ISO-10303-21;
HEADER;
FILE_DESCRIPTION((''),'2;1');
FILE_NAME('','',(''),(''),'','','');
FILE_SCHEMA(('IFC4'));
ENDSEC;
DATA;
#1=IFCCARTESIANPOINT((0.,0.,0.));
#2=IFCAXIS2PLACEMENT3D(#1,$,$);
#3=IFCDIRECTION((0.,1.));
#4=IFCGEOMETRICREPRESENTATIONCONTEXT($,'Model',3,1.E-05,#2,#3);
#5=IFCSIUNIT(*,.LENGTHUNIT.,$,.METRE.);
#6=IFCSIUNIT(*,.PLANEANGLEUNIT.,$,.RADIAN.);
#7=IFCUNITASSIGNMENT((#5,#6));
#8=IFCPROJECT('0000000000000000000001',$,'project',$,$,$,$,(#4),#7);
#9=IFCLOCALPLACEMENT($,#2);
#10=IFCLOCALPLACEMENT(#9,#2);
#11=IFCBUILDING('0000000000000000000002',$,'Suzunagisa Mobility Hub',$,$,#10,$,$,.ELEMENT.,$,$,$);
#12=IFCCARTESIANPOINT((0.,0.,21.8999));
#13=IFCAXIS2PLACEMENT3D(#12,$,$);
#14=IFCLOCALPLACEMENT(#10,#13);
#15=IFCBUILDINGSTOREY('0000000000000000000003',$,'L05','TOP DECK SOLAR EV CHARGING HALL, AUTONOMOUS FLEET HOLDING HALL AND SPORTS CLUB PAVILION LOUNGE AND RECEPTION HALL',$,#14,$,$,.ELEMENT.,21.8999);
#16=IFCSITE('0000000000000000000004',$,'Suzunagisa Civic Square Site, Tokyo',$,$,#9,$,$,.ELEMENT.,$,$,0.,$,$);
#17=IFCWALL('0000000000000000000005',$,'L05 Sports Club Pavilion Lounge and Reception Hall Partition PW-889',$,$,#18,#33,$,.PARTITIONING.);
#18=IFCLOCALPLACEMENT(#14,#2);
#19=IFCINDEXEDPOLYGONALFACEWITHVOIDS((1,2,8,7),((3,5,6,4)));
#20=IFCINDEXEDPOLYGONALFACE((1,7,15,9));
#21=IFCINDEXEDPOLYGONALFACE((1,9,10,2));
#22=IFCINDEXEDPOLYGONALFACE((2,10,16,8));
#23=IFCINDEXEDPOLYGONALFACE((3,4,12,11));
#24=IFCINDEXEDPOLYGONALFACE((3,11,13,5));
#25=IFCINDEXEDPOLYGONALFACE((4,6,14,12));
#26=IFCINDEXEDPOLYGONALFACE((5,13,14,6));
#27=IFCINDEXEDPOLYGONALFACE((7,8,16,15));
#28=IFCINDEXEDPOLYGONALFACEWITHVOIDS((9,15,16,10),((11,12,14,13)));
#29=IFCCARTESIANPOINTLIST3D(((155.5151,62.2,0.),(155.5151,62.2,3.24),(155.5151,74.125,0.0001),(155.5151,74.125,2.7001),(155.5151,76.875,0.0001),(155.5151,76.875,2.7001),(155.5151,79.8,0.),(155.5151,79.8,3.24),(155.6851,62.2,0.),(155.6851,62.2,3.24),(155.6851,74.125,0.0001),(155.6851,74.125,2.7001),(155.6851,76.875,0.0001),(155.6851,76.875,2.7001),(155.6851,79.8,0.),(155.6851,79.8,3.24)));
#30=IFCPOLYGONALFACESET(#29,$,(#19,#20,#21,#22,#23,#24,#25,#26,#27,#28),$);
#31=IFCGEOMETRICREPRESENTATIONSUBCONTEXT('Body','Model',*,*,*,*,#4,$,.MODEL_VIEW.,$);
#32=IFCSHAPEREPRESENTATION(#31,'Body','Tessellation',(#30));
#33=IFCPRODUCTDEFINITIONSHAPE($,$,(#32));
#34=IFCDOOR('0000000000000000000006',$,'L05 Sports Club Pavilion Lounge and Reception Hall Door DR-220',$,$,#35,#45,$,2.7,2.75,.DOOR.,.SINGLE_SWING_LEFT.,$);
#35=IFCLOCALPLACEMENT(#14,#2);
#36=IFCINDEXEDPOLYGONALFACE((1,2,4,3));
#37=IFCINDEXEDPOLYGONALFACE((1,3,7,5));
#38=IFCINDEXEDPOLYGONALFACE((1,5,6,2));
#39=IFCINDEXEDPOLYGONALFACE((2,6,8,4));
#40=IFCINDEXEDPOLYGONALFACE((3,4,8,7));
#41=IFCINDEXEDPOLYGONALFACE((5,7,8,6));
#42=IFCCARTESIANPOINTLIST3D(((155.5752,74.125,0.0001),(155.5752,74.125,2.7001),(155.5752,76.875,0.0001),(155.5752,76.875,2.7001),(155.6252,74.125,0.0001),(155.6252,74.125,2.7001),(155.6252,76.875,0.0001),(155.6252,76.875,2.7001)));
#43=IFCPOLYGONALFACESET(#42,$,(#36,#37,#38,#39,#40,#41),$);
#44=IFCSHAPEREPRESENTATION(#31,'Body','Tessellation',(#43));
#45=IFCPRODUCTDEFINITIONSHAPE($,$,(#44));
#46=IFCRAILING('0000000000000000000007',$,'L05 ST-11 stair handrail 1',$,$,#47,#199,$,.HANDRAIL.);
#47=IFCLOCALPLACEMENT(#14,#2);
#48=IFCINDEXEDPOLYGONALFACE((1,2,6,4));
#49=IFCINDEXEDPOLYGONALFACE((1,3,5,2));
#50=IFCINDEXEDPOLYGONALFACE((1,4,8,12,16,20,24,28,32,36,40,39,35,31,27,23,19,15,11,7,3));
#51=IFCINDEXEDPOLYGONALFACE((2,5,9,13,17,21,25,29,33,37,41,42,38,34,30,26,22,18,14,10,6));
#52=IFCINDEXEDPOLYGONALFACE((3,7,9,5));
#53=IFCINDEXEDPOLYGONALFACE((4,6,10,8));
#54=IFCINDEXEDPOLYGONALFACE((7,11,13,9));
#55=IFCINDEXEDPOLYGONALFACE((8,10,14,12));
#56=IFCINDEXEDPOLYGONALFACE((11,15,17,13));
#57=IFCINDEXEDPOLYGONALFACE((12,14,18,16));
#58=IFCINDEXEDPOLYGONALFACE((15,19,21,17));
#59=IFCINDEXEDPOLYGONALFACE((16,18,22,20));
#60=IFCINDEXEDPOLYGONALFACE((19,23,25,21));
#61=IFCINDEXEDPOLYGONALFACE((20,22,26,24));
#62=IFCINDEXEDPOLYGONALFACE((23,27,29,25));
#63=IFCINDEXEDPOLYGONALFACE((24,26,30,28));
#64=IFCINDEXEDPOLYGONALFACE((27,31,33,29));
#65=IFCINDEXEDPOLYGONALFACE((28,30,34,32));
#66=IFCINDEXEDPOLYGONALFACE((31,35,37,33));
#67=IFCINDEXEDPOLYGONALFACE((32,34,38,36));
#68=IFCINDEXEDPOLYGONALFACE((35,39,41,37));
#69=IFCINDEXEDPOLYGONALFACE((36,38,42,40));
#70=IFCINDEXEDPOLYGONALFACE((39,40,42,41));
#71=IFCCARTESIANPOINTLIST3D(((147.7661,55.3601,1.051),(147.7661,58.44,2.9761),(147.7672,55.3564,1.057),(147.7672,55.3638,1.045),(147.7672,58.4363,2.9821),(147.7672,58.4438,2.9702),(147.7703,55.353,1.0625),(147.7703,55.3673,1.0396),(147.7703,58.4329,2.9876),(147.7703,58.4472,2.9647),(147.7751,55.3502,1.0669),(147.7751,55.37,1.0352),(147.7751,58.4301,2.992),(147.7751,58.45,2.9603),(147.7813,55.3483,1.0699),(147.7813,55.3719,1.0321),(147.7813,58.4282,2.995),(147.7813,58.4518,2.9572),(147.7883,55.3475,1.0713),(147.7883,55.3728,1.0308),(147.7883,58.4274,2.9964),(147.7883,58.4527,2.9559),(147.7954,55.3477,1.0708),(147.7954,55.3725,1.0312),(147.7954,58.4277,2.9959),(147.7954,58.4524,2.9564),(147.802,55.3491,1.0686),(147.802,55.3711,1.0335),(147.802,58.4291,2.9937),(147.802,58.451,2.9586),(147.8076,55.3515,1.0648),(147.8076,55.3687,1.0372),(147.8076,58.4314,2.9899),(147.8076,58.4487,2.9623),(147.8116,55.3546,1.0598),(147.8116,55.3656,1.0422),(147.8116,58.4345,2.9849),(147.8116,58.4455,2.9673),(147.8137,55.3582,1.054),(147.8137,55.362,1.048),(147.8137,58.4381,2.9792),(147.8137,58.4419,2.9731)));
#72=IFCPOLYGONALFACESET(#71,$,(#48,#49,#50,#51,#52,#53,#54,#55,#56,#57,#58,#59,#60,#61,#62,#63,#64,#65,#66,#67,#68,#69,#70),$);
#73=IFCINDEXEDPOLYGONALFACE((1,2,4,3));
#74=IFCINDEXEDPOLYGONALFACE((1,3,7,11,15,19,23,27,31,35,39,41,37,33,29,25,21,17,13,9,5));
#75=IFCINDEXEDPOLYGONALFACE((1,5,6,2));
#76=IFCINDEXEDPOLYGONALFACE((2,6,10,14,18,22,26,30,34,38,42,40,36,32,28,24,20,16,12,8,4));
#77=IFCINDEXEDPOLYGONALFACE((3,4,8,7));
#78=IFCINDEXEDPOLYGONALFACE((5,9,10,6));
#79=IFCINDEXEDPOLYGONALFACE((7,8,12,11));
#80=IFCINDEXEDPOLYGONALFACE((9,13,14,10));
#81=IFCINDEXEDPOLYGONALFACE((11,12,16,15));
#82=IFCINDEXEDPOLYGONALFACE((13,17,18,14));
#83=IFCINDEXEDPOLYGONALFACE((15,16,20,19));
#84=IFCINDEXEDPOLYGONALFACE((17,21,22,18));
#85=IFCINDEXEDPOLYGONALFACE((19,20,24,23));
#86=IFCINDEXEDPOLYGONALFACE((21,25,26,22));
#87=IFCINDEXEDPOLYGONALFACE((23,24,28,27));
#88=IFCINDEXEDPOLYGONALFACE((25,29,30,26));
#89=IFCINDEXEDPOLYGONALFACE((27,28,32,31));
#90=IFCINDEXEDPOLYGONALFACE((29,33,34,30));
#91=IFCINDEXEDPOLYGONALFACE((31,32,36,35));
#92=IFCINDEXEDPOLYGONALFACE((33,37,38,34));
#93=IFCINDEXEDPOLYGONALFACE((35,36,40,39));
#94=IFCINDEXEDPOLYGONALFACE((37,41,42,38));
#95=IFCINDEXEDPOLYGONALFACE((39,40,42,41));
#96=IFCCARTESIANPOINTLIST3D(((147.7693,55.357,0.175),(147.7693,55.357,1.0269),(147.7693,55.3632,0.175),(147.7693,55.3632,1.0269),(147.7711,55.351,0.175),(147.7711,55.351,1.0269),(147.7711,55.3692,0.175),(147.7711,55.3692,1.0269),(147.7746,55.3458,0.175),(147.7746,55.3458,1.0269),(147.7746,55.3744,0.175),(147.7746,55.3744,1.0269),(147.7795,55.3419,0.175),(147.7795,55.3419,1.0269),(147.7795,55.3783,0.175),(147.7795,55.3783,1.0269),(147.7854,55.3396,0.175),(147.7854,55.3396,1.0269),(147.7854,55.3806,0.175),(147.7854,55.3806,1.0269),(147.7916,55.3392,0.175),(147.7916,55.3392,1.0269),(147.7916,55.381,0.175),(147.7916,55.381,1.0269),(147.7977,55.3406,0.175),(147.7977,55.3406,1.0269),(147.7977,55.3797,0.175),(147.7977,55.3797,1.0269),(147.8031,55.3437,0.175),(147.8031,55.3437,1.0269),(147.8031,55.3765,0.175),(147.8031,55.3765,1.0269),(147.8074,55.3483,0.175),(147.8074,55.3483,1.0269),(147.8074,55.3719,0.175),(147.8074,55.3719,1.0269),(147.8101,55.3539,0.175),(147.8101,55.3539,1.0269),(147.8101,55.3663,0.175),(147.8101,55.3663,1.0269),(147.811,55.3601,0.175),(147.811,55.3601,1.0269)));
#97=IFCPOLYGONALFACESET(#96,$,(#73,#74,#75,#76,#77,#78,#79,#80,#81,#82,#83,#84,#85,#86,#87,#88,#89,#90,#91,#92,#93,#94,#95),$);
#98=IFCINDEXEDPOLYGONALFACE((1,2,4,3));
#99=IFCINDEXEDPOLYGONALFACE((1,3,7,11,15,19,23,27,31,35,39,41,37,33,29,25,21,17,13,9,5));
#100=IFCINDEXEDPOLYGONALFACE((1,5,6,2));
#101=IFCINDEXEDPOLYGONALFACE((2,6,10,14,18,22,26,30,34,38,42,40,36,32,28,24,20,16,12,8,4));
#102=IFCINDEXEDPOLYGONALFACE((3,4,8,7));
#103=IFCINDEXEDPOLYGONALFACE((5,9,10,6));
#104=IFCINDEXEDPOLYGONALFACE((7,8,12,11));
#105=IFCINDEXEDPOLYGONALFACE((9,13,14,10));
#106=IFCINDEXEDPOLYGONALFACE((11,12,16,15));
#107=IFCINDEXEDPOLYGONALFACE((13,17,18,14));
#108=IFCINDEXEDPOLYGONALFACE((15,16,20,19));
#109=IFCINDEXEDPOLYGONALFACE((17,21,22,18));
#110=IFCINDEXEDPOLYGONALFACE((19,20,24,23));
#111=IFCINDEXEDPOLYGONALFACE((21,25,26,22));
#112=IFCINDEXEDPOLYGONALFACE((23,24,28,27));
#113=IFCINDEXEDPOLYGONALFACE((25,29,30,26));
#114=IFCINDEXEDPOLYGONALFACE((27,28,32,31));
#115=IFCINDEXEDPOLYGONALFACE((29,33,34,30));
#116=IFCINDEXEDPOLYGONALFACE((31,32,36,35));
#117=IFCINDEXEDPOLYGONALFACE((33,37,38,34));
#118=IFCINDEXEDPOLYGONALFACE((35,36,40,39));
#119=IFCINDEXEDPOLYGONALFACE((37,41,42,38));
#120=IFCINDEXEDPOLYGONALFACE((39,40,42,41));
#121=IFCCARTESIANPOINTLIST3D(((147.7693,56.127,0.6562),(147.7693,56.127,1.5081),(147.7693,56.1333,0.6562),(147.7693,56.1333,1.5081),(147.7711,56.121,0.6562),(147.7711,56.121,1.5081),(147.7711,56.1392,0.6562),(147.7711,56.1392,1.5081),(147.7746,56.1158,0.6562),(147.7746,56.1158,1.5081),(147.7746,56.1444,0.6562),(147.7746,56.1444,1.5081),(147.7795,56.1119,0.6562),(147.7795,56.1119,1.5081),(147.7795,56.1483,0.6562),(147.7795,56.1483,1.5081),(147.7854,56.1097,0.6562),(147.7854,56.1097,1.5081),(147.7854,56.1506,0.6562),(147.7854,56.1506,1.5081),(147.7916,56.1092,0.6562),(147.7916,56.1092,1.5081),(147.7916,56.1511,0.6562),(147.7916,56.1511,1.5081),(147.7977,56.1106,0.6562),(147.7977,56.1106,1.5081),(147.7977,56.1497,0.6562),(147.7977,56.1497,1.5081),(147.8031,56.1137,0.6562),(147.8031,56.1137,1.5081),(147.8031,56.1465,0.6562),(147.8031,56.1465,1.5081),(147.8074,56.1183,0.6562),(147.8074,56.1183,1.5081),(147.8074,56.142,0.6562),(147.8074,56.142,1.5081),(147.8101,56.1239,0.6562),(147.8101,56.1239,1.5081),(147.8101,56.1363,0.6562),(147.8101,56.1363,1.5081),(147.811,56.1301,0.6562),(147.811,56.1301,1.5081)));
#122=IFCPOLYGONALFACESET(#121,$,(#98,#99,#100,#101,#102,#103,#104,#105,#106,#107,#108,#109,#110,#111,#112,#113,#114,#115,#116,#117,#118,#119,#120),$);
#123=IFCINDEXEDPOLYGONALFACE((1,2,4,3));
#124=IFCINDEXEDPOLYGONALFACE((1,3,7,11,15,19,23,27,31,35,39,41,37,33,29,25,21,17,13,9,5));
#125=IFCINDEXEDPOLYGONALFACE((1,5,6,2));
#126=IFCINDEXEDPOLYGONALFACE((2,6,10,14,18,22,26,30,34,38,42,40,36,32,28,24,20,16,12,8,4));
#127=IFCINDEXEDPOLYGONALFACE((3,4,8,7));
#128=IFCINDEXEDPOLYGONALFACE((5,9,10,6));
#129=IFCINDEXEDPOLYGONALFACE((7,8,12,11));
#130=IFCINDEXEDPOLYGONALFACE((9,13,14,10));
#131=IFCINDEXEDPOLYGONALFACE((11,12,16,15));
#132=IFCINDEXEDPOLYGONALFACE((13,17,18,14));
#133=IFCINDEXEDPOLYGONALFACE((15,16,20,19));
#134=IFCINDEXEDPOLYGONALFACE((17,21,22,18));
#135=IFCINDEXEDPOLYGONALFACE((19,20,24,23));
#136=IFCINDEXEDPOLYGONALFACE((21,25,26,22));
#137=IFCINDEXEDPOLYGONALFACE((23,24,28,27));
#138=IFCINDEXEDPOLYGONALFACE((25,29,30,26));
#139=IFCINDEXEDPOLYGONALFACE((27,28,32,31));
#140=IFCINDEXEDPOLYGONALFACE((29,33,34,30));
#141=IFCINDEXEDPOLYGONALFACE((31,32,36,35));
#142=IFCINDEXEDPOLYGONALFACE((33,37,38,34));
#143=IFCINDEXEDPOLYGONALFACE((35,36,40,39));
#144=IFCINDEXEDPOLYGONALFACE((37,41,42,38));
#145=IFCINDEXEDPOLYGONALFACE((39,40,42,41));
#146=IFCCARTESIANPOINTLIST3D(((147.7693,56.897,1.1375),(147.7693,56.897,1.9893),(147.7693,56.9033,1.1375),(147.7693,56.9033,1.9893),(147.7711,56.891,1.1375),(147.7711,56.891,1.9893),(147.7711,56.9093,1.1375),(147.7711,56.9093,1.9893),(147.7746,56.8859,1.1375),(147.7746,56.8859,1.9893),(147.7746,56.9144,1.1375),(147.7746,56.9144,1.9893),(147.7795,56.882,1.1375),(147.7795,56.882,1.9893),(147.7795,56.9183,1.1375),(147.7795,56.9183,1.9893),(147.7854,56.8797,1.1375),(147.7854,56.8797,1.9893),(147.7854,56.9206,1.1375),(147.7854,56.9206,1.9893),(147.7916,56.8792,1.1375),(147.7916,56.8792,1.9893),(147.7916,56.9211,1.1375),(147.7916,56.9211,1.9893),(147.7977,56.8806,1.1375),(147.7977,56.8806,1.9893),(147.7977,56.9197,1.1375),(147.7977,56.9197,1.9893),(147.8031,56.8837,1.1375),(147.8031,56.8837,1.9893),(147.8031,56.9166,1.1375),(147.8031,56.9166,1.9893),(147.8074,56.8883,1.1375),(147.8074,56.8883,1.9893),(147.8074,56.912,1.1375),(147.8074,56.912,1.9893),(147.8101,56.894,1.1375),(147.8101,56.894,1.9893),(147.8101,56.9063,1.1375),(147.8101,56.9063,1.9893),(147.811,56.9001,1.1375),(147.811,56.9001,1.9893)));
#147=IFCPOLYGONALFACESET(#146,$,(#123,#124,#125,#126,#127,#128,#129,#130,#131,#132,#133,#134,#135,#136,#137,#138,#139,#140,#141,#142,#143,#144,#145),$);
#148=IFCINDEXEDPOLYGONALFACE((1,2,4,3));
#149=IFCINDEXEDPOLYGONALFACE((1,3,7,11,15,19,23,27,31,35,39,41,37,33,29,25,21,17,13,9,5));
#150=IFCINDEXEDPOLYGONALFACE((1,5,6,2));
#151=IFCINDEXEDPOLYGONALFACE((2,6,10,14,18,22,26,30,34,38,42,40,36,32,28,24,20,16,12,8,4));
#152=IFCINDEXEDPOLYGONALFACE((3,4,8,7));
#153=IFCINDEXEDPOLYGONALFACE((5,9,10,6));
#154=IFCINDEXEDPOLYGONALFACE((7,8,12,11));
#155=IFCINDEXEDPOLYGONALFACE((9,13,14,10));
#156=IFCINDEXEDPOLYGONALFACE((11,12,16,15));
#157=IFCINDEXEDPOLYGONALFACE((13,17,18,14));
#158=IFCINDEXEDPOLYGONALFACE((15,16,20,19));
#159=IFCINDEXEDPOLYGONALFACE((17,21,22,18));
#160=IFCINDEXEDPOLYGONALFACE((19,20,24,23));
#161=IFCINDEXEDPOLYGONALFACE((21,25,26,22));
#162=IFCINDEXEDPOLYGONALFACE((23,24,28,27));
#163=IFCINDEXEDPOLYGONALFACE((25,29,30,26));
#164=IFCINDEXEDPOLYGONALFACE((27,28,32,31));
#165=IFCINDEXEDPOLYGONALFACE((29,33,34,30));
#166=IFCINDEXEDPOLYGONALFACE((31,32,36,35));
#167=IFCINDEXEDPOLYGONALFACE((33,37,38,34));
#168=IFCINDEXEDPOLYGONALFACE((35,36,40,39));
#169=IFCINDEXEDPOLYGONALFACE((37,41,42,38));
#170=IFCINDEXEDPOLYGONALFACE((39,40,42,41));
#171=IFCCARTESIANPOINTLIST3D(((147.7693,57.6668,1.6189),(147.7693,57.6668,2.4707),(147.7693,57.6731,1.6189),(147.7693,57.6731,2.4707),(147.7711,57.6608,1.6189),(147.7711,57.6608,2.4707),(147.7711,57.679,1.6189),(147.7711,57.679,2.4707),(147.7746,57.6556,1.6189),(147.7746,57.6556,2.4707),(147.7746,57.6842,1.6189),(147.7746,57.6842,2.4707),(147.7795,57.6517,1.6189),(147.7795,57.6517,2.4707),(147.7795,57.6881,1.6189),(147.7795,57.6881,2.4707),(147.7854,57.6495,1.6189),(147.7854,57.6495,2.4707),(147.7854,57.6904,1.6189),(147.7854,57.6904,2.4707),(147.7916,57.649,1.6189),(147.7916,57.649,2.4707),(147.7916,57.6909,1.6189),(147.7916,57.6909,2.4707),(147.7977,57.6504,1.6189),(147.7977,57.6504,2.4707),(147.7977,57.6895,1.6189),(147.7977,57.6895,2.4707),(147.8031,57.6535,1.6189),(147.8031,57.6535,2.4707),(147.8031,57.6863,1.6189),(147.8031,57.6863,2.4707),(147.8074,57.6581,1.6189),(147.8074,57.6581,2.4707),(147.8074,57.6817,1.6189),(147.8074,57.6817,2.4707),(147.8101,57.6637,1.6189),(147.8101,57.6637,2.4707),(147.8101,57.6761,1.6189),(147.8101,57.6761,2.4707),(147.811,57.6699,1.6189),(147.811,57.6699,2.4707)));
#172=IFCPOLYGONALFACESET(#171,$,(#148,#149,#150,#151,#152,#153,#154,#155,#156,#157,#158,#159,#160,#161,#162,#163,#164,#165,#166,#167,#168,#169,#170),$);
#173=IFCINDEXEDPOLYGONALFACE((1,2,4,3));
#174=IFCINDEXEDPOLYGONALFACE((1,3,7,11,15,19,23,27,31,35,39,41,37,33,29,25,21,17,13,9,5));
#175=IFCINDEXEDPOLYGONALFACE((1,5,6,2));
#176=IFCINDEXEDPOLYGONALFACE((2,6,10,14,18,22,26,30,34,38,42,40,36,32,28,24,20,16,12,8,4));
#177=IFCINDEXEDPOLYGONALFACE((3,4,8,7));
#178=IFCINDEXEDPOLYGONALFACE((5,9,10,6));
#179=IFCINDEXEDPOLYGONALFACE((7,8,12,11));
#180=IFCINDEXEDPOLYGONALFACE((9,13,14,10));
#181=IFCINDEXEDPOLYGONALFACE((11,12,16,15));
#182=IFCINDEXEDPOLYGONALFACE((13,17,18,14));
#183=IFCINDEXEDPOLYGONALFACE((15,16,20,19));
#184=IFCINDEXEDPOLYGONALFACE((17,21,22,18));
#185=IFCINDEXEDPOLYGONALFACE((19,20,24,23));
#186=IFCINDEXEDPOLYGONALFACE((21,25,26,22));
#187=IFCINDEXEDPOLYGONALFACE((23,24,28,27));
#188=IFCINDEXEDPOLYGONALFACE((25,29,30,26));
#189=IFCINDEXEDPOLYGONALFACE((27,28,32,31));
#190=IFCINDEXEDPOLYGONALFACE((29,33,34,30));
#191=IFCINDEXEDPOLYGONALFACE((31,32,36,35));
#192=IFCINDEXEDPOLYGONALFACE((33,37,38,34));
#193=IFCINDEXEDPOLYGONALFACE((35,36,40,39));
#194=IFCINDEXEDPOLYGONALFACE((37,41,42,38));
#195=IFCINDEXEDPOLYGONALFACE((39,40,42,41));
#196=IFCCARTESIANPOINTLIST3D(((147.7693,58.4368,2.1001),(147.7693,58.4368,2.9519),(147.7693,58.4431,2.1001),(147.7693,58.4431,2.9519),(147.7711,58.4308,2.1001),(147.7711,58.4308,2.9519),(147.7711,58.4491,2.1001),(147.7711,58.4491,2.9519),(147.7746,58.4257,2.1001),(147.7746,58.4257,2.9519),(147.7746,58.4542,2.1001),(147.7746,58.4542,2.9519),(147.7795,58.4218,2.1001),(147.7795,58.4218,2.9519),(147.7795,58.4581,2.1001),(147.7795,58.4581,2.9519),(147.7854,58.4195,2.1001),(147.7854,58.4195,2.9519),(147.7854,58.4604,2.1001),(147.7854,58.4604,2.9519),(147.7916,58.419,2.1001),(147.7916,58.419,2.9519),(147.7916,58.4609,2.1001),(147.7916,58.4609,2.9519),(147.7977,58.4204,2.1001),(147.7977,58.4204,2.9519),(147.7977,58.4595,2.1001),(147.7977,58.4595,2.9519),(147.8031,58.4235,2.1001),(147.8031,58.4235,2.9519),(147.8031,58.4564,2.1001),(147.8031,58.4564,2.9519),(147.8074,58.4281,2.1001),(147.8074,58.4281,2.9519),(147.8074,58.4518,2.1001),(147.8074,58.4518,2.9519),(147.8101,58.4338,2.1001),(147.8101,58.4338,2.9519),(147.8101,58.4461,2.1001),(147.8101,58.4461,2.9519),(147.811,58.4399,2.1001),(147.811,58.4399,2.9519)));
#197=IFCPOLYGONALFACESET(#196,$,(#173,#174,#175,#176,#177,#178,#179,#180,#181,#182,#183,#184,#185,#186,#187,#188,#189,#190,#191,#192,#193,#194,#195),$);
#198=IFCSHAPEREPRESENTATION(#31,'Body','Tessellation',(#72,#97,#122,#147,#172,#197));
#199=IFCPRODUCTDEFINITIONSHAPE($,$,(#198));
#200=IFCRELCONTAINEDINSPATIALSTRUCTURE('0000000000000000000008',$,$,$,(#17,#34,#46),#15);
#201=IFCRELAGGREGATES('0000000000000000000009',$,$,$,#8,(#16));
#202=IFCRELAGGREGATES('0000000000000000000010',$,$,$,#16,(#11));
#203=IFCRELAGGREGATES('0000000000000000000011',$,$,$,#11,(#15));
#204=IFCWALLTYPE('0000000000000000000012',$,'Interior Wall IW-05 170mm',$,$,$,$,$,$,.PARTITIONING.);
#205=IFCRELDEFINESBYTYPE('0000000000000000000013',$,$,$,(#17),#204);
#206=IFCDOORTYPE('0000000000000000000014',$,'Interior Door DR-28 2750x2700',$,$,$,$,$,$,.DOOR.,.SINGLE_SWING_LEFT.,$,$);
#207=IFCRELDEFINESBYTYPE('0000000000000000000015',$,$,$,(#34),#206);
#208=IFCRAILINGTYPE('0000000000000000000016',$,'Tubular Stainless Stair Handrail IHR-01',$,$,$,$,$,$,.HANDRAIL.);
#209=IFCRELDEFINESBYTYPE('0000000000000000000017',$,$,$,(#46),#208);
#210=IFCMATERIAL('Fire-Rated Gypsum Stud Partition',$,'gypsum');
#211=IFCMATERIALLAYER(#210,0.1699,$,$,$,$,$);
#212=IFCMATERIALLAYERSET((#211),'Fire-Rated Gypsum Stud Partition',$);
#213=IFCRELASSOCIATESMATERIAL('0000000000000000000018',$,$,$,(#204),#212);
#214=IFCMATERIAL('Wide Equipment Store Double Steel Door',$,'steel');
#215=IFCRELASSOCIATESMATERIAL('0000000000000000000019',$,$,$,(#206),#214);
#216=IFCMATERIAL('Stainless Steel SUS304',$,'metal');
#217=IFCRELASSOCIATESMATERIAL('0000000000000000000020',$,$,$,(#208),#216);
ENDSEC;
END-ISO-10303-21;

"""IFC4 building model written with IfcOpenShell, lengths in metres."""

from ifc_helpers import new_model, si_unit, direction, frame, frame_2d, origin, origin_2d, place, context, subcontext, project, spatial, rectangle, circle, extrude, material, layer, layer_set, type_object, element, fill, save


model = new_model("IFC4")

# Units and contexts
model_context = context("Model", 3, precision=1e-05, world=origin(), true_north=direction((0.0, 1.0)))
body_context = subcontext(model_context, "Body", "Model", "MODEL_VIEW")
ifc_project = project(units=[si_unit("LENGTHUNIT", "METRE"), si_unit("PLANEANGLEUNIT", "RADIAN")], contexts=[model_context])

# Site, building, storey
site_placement = place(None, origin())
site = spatial("IfcSite", under=ifc_project, at=site_placement, Name="Suzunagisa Civic Square Site, Tokyo", CompositionType="ELEMENT", RefElevation=0.0)
building_placement = place(site_placement, origin())
building = spatial("IfcBuilding", under=site, at=building_placement, Name="Suzunagisa Mobility Hub", CompositionType="ELEMENT")
storey_placement = place(building_placement, frame((0.0, 0.0, 21.8999)))
storey = spatial("IfcBuildingStorey", under=building, at=storey_placement, Name="L05", Description="TOP DECK SOLAR EV CHARGING HALL, AUTONOMOUS FLEET HOLDING HALL AND SPORTS CLUB PAVILION LOUNGE AND RECEPTION HALL", CompositionType="ELEMENT", Elevation=21.8999)

# Shared definitions
ifc_material_1 = material(Name="Fire-Rated Gypsum Stud Partition", Category="gypsum")

# Shared definitions
ifc_layer_1 = layer(ifc_material_1, 0.1699)
ifc_layer_set_1 = layer_set([ifc_layer_1], Name="Fire-Rated Gypsum Stud Partition")
wall_type_1 = type_object("IfcWallType", Name="Interior Wall IW-05 170mm", PredefinedType="PARTITIONING", material=ifc_layer_set_1)

# Wall, opening, door
wall_1_placement = place(storey_placement, frame((155.6001, 62.2, 0.0), z_axis=(0.0, 0.0, 1.0), x_axis=(0.0, 1.0, 0.0)))
wall_1 = element("IfcWall", 1, at=wall_1_placement, inside=storey, type_object=wall_type_1, Name="L05 Sports Club Pavilion Lounge and Reception Hall Partition PW-889", PredefinedType="PARTITIONING", context=body_context, shape_type="SweptSolid", body=[
    extrude(rectangle(XDim=17.6001, YDim=0.1699, at=frame_2d((8.8, 0.0))), origin(), (0.0, 0.0, 1.0), 3.24),
])
opening_1_placement = place(wall_1_placement, frame((11.925, 0.0, 0.0)))
opening_1 = element("IfcOpeningElement", 2, at=opening_1_placement, cuts=wall_1, PredefinedType="OPENING", context=body_context, shape_type="SweptSolid", body=[
    extrude(rectangle(XDim=2.75, YDim=2.7, at=frame_2d((1.375, 1.3501))), frame((0.0, 0.0959, 0.0), z_axis=(0.0, -1.0, 0.0), x_axis=(1.0, 0.0, 0.0)), (0.0, 0.0, 1.0), 0.1919),
])
ifc_material_2 = material(Name="Wide Equipment Store Double Steel Door", Category="steel")
door_type_1 = type_object("IfcDoorType", Name="Interior Door DR-28 2750x2700", OperationType="SINGLE_SWING_LEFT", PredefinedType="DOOR", material=ifc_material_2)
door_1_placement = place(opening_1_placement, origin())
door_1 = element("IfcDoor", 3, at=door_1_placement, inside=storey, type_object=door_type_1, Name="L05 Sports Club Pavilion Lounge and Reception Hall Door DR-220", OperationType="SINGLE_SWING_LEFT", OverallHeight=2.7, OverallWidth=2.75, PredefinedType="DOOR", context=body_context, shape_type="SweptSolid", body=[
    extrude(rectangle(XDim=2.75, YDim=2.7, at=frame_2d((1.375, 1.3501))), frame((0.0, 0.0249, 0.0), z_axis=(0.0, -1.0, 0.0), x_axis=(1.0, 0.0, 0.0)), (0.0, 0.0, 1.0), 0.05),
])
fill(opening_1, door_1)

# Railing
ifc_material_3 = material(Name="Stainless Steel SUS304", Category="metal")
railing_type = type_object("IfcRailingType", Name="Tubular Stainless Stair Handrail IHR-01", PredefinedType="HANDRAIL", material=ifc_material_3)
railing_placement = place(storey_placement, frame((147.79, 55.3601, 0.175)))
element("IfcRailing", 4, at=railing_placement, inside=storey, type_object=railing_type, Name="L05 ST-11 stair handrail 1", PredefinedType="HANDRAIL", context=body_context, shape_type="SweptSolid", body=[
    extrude(circle(Radius=0.0239, at=origin_2d()), frame((0.0, 0.0, 0.876), z_axis=(0.0, 0.847979, 0.530029), x_axis=(-1.0, 0.0, 0.0)), (0.0, 0.0, 1.0), 3.6321),
    extrude(circle(Radius=0.021, at=origin_2d()), origin(), (0.0, 0.0, 1.0), 0.8518),
    extrude(circle(Radius=0.021, at=origin_2d()), frame((0.0, 0.77, 0.4812)), (0.0, 0.0, 1.0), 0.8518),
    extrude(circle(Radius=0.021, at=origin_2d()), frame((0.0, 1.54, 0.9624)), (0.0, 0.0, 1.0), 0.8518),
    extrude(circle(Radius=0.021, at=origin_2d()), frame((0.0, 2.3098, 1.4438)), (0.0, 0.0, 1.0), 0.8518),
    extrude(circle(Radius=0.021, at=origin_2d()), frame((0.0, 3.0798, 1.925)), (0.0, 0.0, 1.0), 0.8518),
])

save(model, "model.ifc")
